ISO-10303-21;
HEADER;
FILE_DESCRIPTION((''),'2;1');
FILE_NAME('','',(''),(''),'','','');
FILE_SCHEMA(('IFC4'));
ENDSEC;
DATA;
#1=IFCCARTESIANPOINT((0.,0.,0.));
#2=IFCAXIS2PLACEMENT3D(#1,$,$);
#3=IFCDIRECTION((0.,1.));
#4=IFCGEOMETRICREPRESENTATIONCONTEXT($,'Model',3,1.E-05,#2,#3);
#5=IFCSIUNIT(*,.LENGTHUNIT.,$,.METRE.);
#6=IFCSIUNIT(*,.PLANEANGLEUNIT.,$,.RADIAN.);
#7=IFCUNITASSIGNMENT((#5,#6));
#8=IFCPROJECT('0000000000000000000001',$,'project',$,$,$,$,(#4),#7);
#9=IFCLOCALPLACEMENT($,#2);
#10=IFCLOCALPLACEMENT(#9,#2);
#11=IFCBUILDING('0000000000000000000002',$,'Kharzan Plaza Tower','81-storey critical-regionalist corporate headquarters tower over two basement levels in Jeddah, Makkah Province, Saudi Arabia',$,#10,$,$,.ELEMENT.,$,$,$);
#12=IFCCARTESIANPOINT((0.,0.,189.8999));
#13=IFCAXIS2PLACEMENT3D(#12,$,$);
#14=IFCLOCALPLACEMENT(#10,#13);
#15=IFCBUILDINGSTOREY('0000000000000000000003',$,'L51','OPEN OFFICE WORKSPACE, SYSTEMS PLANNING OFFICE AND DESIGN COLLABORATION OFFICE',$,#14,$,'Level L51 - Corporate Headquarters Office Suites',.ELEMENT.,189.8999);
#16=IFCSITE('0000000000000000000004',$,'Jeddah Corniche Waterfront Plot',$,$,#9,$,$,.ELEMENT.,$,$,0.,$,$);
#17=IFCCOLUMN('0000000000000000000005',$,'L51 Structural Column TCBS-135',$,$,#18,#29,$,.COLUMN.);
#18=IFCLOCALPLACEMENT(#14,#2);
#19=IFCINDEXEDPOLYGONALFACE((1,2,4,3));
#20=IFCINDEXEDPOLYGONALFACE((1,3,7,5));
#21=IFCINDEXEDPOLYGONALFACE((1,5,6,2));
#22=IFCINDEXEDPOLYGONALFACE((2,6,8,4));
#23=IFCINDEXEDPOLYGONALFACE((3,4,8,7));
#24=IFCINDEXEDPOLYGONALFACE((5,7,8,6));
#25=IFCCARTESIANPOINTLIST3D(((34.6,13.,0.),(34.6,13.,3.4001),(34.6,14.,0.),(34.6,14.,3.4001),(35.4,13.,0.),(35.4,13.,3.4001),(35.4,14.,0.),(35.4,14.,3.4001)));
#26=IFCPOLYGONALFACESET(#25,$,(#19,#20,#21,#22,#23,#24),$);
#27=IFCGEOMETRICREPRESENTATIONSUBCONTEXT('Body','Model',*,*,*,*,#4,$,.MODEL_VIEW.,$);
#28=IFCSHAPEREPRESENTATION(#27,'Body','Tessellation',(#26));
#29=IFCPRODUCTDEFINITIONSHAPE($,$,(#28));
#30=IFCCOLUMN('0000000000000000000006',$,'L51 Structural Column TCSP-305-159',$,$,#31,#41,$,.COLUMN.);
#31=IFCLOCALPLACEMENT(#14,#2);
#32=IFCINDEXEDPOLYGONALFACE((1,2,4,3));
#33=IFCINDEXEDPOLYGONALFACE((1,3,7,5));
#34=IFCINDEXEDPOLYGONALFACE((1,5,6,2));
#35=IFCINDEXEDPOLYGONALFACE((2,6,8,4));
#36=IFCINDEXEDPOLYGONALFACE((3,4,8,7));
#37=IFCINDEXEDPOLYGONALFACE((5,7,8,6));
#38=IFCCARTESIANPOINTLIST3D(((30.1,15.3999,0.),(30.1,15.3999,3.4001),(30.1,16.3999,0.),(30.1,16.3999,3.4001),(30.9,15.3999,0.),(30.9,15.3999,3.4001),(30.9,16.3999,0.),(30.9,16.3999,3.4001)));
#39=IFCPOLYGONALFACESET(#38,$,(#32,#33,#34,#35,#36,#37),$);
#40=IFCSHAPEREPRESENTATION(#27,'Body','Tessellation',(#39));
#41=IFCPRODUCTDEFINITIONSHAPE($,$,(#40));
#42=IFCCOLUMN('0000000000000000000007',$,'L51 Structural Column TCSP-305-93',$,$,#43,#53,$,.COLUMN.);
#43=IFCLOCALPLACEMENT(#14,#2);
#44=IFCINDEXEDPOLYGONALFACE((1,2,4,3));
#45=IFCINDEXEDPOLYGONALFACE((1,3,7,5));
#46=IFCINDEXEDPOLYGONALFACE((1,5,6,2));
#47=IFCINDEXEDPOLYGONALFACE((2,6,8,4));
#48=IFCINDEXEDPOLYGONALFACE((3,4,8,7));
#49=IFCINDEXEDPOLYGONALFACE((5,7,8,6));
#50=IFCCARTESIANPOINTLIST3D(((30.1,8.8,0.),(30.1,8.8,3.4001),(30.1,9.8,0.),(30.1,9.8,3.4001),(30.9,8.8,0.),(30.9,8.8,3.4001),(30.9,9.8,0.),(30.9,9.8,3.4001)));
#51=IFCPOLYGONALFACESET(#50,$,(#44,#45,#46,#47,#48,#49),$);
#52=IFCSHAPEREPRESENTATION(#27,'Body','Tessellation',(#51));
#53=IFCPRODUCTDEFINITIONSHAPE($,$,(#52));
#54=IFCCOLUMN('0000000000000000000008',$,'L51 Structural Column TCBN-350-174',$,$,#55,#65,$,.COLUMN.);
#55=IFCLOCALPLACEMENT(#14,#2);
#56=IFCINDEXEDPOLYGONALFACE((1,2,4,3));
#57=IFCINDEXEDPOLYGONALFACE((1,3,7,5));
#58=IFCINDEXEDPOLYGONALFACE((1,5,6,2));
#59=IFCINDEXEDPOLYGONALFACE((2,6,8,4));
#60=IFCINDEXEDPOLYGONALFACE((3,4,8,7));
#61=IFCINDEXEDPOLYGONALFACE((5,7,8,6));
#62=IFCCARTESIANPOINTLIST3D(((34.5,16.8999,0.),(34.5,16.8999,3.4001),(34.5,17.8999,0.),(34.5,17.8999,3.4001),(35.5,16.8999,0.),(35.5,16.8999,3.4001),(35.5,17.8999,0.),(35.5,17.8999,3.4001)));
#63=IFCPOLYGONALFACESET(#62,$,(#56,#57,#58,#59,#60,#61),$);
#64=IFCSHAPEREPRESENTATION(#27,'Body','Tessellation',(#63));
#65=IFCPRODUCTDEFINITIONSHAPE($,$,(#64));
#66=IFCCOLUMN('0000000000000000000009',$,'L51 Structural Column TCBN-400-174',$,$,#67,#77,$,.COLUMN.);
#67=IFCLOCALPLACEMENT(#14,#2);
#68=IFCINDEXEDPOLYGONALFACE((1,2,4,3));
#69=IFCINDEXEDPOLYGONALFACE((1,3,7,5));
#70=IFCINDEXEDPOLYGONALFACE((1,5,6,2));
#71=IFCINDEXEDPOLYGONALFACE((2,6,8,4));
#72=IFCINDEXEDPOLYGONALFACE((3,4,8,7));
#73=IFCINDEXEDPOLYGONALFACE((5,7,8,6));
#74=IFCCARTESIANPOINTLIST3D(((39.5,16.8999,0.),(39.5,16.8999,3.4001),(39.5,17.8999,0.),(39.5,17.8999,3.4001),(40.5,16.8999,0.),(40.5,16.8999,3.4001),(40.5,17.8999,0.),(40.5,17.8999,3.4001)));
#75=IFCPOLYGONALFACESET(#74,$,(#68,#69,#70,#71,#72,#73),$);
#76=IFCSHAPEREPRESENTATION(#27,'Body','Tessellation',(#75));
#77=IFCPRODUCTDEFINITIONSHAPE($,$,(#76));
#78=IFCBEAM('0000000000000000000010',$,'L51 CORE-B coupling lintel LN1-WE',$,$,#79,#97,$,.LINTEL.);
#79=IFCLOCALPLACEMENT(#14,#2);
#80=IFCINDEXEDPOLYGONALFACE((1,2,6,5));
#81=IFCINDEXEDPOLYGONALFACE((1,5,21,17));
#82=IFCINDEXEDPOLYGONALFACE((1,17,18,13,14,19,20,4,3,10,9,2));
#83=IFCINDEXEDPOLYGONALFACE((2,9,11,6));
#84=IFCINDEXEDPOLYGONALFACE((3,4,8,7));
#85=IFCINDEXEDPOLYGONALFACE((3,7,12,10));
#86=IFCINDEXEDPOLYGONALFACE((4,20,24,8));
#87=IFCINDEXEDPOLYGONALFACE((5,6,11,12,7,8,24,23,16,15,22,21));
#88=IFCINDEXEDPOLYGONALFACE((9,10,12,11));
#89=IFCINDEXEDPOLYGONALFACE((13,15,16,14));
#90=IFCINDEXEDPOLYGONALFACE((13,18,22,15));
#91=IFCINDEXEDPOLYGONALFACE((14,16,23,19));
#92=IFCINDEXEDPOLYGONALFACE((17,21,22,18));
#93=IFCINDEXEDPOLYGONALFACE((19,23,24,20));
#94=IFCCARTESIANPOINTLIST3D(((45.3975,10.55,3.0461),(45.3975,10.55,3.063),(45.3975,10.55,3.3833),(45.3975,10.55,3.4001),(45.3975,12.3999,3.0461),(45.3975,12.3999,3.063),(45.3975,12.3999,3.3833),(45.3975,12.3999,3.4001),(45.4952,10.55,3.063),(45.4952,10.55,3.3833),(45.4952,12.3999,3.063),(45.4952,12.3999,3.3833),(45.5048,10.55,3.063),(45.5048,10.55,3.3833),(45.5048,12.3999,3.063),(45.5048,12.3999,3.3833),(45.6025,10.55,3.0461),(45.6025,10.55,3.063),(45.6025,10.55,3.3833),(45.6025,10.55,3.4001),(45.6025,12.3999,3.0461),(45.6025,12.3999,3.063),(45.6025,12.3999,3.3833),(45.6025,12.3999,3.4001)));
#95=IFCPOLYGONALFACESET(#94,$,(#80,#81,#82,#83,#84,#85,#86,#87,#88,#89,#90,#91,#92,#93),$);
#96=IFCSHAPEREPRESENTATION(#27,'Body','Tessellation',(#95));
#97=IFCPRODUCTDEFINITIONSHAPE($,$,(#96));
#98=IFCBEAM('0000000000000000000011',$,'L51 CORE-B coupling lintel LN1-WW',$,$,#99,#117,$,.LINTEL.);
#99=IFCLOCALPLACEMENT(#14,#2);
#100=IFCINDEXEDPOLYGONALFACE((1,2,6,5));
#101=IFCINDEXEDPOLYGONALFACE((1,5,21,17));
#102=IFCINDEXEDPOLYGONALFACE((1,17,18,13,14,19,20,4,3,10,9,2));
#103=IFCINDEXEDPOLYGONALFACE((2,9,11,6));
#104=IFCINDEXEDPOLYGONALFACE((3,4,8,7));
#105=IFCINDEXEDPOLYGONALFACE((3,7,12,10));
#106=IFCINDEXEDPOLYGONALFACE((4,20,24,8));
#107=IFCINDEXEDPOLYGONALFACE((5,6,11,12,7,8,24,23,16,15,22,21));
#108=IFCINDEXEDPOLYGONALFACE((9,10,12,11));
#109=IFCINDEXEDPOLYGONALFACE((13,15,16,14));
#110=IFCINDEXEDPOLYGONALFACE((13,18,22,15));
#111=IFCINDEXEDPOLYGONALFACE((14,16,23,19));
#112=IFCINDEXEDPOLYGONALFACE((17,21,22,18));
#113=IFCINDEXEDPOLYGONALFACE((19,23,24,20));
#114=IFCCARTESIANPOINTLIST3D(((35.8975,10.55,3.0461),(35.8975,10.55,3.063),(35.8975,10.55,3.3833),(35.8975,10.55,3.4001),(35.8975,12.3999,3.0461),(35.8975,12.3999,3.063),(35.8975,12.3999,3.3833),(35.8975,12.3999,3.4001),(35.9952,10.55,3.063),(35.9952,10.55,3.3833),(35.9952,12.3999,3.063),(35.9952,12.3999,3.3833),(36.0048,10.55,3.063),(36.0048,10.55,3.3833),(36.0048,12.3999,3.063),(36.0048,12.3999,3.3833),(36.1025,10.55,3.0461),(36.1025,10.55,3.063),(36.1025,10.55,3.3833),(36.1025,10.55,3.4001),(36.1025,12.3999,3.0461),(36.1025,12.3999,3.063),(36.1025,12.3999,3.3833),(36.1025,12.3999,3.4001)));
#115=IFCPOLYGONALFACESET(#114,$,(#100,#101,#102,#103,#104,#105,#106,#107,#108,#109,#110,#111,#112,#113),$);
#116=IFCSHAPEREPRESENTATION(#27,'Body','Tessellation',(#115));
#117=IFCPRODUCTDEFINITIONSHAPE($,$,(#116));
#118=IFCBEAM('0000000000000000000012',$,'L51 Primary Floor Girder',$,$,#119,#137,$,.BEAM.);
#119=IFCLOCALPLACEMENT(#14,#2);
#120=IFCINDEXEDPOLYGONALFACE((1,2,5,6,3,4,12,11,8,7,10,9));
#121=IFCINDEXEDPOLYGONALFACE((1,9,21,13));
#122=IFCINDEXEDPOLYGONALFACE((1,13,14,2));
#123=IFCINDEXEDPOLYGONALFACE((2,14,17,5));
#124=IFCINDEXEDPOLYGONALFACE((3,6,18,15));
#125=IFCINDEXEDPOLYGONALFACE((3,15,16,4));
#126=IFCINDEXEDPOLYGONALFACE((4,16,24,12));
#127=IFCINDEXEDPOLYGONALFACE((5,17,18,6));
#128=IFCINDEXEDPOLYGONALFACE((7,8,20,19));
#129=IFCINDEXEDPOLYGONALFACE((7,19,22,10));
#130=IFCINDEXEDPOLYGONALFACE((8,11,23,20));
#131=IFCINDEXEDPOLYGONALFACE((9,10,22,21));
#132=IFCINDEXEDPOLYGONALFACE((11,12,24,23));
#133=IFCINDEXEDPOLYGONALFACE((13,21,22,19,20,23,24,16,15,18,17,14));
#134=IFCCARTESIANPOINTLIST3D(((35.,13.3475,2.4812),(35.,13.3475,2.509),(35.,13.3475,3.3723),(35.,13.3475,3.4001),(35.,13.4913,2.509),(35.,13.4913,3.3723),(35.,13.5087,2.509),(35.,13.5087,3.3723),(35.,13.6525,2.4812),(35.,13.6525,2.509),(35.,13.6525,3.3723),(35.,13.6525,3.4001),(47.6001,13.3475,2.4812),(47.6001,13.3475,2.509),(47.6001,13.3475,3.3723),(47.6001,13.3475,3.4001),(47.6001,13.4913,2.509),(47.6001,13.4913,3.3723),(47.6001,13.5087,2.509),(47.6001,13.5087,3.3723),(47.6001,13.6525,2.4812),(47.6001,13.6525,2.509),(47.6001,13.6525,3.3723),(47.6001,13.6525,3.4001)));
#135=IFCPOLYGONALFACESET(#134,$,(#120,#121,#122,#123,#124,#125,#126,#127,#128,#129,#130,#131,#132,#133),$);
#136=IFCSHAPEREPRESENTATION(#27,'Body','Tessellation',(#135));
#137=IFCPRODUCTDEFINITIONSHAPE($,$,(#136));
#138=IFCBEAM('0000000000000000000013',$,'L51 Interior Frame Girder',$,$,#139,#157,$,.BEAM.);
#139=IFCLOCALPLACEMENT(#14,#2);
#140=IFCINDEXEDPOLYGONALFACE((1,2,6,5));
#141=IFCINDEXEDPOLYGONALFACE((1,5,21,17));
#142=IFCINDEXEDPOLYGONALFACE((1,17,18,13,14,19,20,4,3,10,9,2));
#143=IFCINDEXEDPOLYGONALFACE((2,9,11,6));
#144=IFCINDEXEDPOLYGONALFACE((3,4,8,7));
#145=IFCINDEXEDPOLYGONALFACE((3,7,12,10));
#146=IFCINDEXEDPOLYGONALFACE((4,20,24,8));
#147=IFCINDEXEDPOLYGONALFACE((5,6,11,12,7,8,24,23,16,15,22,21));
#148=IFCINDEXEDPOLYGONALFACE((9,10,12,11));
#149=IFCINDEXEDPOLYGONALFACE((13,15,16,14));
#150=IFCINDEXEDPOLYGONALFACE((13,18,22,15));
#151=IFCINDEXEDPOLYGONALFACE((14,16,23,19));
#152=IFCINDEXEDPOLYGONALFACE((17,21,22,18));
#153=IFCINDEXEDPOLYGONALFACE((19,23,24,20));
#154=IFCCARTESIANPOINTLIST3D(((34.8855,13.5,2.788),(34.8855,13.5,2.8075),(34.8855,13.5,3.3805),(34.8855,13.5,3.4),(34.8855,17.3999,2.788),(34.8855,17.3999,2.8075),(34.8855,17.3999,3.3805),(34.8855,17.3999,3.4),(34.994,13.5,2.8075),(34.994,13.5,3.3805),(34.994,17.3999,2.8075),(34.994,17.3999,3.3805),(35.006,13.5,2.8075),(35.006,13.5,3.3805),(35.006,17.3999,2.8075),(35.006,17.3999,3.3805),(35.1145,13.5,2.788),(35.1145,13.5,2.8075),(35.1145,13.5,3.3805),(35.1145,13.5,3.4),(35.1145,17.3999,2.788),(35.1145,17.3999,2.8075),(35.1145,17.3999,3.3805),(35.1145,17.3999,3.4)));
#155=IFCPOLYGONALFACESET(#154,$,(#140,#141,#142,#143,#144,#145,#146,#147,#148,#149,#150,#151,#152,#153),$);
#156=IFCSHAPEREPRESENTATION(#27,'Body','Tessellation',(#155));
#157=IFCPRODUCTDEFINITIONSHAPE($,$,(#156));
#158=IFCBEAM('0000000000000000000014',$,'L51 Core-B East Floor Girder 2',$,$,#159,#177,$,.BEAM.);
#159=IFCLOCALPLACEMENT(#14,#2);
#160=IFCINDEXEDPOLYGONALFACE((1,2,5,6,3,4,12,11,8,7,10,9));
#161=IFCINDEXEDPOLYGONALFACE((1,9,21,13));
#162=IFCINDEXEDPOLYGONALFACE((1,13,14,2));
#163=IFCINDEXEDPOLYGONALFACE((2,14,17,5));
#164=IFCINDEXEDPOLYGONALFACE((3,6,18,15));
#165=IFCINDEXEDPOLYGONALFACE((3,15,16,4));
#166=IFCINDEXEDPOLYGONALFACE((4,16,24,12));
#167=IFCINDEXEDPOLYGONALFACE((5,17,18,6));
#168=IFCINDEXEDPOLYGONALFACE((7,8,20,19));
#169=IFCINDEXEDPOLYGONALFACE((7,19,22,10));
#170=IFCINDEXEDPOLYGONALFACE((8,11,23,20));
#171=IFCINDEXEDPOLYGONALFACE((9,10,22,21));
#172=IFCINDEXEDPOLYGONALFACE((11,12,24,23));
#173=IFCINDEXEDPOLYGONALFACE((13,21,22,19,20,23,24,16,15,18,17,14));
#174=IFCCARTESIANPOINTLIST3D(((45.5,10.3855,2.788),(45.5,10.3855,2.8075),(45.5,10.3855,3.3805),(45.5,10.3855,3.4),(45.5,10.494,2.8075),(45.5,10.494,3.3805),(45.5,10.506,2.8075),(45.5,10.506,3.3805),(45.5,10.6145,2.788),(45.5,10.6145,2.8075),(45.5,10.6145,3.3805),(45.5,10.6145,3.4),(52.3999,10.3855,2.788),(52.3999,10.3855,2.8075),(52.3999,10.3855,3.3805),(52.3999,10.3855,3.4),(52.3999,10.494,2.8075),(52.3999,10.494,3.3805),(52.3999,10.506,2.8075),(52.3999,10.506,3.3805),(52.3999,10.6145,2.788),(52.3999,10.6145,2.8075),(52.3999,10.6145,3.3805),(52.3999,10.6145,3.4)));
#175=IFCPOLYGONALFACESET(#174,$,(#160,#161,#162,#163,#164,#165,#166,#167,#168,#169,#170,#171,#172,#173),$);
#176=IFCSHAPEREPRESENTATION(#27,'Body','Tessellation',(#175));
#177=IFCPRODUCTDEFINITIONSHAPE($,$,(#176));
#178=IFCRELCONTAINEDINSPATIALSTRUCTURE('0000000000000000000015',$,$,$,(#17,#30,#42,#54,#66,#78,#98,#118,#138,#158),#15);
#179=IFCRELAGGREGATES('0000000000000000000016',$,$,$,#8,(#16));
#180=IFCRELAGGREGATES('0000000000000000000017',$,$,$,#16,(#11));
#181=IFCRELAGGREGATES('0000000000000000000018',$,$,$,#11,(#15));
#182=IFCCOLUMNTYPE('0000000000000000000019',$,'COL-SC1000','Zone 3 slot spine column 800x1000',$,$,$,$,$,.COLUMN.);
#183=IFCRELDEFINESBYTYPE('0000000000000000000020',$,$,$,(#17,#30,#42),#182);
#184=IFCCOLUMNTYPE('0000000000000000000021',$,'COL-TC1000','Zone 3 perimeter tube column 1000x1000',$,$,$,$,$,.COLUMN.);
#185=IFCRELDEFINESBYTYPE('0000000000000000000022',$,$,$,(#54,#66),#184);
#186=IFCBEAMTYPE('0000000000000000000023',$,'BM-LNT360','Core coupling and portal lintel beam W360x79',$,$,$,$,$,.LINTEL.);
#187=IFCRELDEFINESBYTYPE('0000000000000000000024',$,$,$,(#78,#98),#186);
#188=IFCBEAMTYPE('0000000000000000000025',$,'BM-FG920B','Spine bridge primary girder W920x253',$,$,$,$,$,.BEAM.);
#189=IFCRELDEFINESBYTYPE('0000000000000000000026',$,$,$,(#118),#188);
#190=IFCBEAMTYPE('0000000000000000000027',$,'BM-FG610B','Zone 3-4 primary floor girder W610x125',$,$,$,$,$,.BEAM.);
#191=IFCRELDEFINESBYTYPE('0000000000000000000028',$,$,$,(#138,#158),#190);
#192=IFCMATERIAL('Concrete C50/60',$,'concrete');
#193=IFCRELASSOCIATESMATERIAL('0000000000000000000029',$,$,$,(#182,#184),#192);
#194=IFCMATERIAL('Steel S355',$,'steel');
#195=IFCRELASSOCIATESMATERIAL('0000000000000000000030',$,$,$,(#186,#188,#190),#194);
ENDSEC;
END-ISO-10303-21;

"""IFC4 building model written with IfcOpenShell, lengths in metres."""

from ifc_helpers import new_model, si_unit, direction, frame, origin, origin_2d, place, context, subcontext, project, spatial, rectangle, i_section, extrude, source, transform, mapped, material, material_profile, profile_set, type_object, element, save


model = new_model("IFC4")

# Units and contexts
model_context = context("Model", 3, precision=1e-05, world=origin(), true_north=direction((0.0, 1.0)))
body_context = subcontext(model_context, "Body", "Model", "MODEL_VIEW")
ifc_project = project(units=[si_unit("LENGTHUNIT", "METRE"), si_unit("PLANEANGLEUNIT", "RADIAN")], contexts=[model_context])

# Site, building, storey
site_placement = place(None, origin())
site = spatial("IfcSite", under=ifc_project, at=site_placement, Name="Jeddah Corniche Waterfront Plot", CompositionType="ELEMENT", RefElevation=0.0)
building_placement = place(site_placement, origin())
building = spatial("IfcBuilding", under=site, at=building_placement, Name="Kharzan Plaza Tower", Description="81-storey critical-regionalist corporate headquarters tower over two basement levels in Jeddah, Makkah Province, Saudi Arabia", CompositionType="ELEMENT")
storey_placement = place(building_placement, frame((0.0, 0.0, 189.8999)))
storey = spatial("IfcBuildingStorey", under=building, at=storey_placement, Name="L51", Description="OPEN OFFICE WORKSPACE, SYSTEMS PLANNING OFFICE AND DESIGN COLLABORATION OFFICE", LongName="Level L51 - Corporate Headquarters Office Suites", CompositionType="ELEMENT", Elevation=189.8999)

# Columns
ifc_material_1 = material(Name="Concrete C50/60", Category="concrete")
ifc_material_profile_1 = material_profile(ifc_material_1, rectangle(XDim=0.8, YDim=1.0, at=origin_2d()), Name="RC-SC1000x800")
ifc_profile_set_1 = profile_set([ifc_material_profile_1], Name="Concrete C50/60")
column_type_1 = type_object("IfcColumnType", Name="COL-SC1000", Description="Zone 3 slot spine column 800x1000", PredefinedType="COLUMN", material=ifc_profile_set_1)
shared_shape_1 = source(origin(), body_context, "Body", "SweptSolid", [
    extrude(rectangle(XDim=0.8, YDim=1.0, at=origin_2d()), origin(), (0.0, 0.0, 1.0), 3.4001),
])
for number, where, z_axis, x_axis, name in (
    (1, (35.0, 13.5, 0.0), (0.0, 0.0, 1.0), (1.0, 0.0, 0.0), "L51 Structural Column TCBS-135"),
    (2, (30.5, 15.8999, 0.0), (0.0, 0.0, 1.0), (1.0, 0.0, 0.0), "L51 Structural Column TCSP-305-159"),
    (3, (30.5, 9.3, 0.0), (0.0, 0.0, 1.0), (1.0, 0.0, 0.0), "L51 Structural Column TCSP-305-93"),
):
    element("IfcColumn", number, at=place(storey_placement, frame(where, z_axis=z_axis, x_axis=x_axis)), inside=storey, type_object=column_type_1, Name=name, PredefinedType="COLUMN", context=body_context, shape_type="MappedRepresentation", body=[
        mapped(shared_shape_1, transform((0.0, 0.0, 0.0), x_axis=(1.0, 0.0, 0.0), y_axis=(0.0, 1.0, 0.0), z_axis=(0.0, 0.0, 1.0))),
    ])
ifc_material_profile_2 = material_profile(ifc_material_1, rectangle(XDim=1.0, YDim=1.0, at=origin_2d()), Name="RC-TC1000x1000")
ifc_profile_set_2 = profile_set([ifc_material_profile_2], Name="Concrete C50/60")
column_type_2 = type_object("IfcColumnType", Name="COL-TC1000", Description="Zone 3 perimeter tube column 1000x1000", PredefinedType="COLUMN", material=ifc_profile_set_2)
shared_shape_2 = source(origin(), body_context, "Body", "SweptSolid", [
    extrude(rectangle(XDim=1.0, YDim=1.0, at=origin_2d()), origin(), (0.0, 0.0, 1.0), 3.4001),
])
for number, where, z_axis, x_axis, name in (
    (4, (35.0, 17.3999, 0.0), (0.0, 0.0, 1.0), (1.0, 0.0, 0.0), "L51 Structural Column TCBN-350-174"),
    (5, (40.0, 17.3999, 0.0), (0.0, 0.0, 1.0), (1.0, 0.0, 0.0), "L51 Structural Column TCBN-400-174"),
):
    element("IfcColumn", number, at=place(storey_placement, frame(where, z_axis=z_axis, x_axis=x_axis)), inside=storey, type_object=column_type_2, Name=name, PredefinedType="COLUMN", context=body_context, shape_type="MappedRepresentation", body=[
        mapped(shared_shape_2, transform((0.0, 0.0, 0.0), x_axis=(1.0, 0.0, 0.0), y_axis=(0.0, 1.0, 0.0), z_axis=(0.0, 0.0, 1.0))),
    ])

# Beams
ifc_material_2 = material(Name="Steel S355", Category="steel")
ifc_material_profile_3 = material_profile(ifc_material_2, i_section(OverallWidth=0.2051, OverallDepth=0.354, WebThickness=0.0095, FlangeThickness=0.0168, at=origin_2d()), Name="W360x79")
ifc_profile_set_3 = profile_set([ifc_material_profile_3], Name="Steel S355")
beam_type_1 = type_object("IfcBeamType", Name="BM-LNT360", Description="Core coupling and portal lintel beam W360x79", PredefinedType="LINTEL", material=ifc_profile_set_3)
shared_shape_3 = source(origin(), body_context, "Body", "SweptSolid", [
    extrude(i_section(OverallWidth=0.2051, OverallDepth=0.354, WebThickness=0.0095, FlangeThickness=0.0168, at=origin_2d()), origin(), (0.0, 0.0, 1.0), 1.8499),
])
for number, where, z_axis, x_axis, name in (
    (6, (45.5, 10.55, 3.2231), (0.0, 1.0, 0.0), (-1.0, 0.0, 0.0), "L51 CORE-B coupling lintel LN1-WE"),
    (7, (36.0, 10.55, 3.2231), (0.0, 1.0, 0.0), (-1.0, 0.0, 0.0), "L51 CORE-B coupling lintel LN1-WW"),
):
    element("IfcBeam", number, at=place(storey_placement, frame(where, z_axis=z_axis, x_axis=x_axis)), inside=storey, type_object=beam_type_1, Name=name, PredefinedType="LINTEL", context=body_context, shape_type="MappedRepresentation", body=[
        mapped(shared_shape_3, transform((0.0, 0.0, 0.0), x_axis=(1.0, 0.0, 0.0), y_axis=(0.0, 1.0, 0.0), z_axis=(0.0, 0.0, 1.0))),
    ])
ifc_material_profile_4 = material_profile(ifc_material_2, i_section(OverallWidth=0.3049, OverallDepth=0.9189, WebThickness=0.0173, FlangeThickness=0.0278, at=origin_2d()), Name="W920x253")
ifc_profile_set_4 = profile_set([ifc_material_profile_4], Name="Steel S355")
beam_type_2 = type_object("IfcBeamType", Name="BM-FG920B", Description="Spine bridge primary girder W920x253", PredefinedType="BEAM", material=ifc_profile_set_4)
shared_shape_4 = source(origin(), body_context, "Body", "SweptSolid", [
    extrude(i_section(OverallWidth=0.3049, OverallDepth=0.9189, WebThickness=0.0173, FlangeThickness=0.0278, at=origin_2d()), origin(), (0.0, 0.0, 1.0), 12.6001),
])
beam_1_placement = place(storey_placement, frame((35.0, 13.5, 2.9407), z_axis=(1.0, 0.0, 0.0), x_axis=(0.0, 1.0, 0.0)))
element("IfcBeam", 8, at=beam_1_placement, inside=storey, type_object=beam_type_2, Name="L51 Primary Floor Girder", PredefinedType="BEAM", context=body_context, shape_type="MappedRepresentation", body=[
    mapped(shared_shape_4, transform((0.0, 0.0, 0.0), x_axis=(1.0, 0.0, 0.0), y_axis=(0.0, 1.0, 0.0), z_axis=(0.0, 0.0, 1.0))),
])
ifc_material_profile_5 = material_profile(ifc_material_2, i_section(OverallWidth=0.229, OverallDepth=0.6121, WebThickness=0.012, FlangeThickness=0.0195, at=origin_2d()), Name="W610x125")
ifc_profile_set_5 = profile_set([ifc_material_profile_5], Name="Steel S355")
beam_type_3 = type_object("IfcBeamType", Name="BM-FG610B", Description="Zone 3-4 primary floor girder W610x125", PredefinedType="BEAM", material=ifc_profile_set_5)
shared_shape_5 = source(origin(), body_context, "Body", "SweptSolid", [
    extrude(i_section(OverallWidth=0.229, OverallDepth=0.6121, WebThickness=0.012, FlangeThickness=0.0195, at=origin_2d()), origin(), (0.0, 0.0, 1.0), 3.8999),
])
beam_2_placement = place(storey_placement, frame((35.0, 13.5, 3.094), z_axis=(0.0, 1.0, 0.0), x_axis=(-1.0, 0.0, 0.0)))
element("IfcBeam", 9, at=beam_2_placement, inside=storey, type_object=beam_type_3, Name="L51 Interior Frame Girder", PredefinedType="BEAM", context=body_context, shape_type="MappedRepresentation", body=[
    mapped(shared_shape_5, transform((0.0, 0.0, 0.0), x_axis=(1.0, 0.0, 0.0), y_axis=(0.0, 1.0, 0.0), z_axis=(0.0, 0.0, 1.0))),
])
shared_shape_6 = source(origin(), body_context, "Body", "SweptSolid", [
    extrude(i_section(OverallWidth=0.229, OverallDepth=0.6121, WebThickness=0.012, FlangeThickness=0.0195, at=origin_2d()), origin(), (0.0, 0.0, 1.0), 6.8999),
])
beam_3_placement = place(storey_placement, frame((45.5, 10.5, 3.094), z_axis=(1.0, 0.0, 0.0), x_axis=(0.0, 1.0, 0.0)))
element("IfcBeam", 10, at=beam_3_placement, inside=storey, type_object=beam_type_3, Name="L51 Core-B East Floor Girder 2", PredefinedType="BEAM", context=body_context, shape_type="MappedRepresentation", body=[
    mapped(shared_shape_6, transform((0.0, 0.0, 0.0), x_axis=(1.0, 0.0, 0.0), y_axis=(0.0, 1.0, 0.0), z_axis=(0.0, 0.0, 1.0))),
])

save(model, "model.ifc")
